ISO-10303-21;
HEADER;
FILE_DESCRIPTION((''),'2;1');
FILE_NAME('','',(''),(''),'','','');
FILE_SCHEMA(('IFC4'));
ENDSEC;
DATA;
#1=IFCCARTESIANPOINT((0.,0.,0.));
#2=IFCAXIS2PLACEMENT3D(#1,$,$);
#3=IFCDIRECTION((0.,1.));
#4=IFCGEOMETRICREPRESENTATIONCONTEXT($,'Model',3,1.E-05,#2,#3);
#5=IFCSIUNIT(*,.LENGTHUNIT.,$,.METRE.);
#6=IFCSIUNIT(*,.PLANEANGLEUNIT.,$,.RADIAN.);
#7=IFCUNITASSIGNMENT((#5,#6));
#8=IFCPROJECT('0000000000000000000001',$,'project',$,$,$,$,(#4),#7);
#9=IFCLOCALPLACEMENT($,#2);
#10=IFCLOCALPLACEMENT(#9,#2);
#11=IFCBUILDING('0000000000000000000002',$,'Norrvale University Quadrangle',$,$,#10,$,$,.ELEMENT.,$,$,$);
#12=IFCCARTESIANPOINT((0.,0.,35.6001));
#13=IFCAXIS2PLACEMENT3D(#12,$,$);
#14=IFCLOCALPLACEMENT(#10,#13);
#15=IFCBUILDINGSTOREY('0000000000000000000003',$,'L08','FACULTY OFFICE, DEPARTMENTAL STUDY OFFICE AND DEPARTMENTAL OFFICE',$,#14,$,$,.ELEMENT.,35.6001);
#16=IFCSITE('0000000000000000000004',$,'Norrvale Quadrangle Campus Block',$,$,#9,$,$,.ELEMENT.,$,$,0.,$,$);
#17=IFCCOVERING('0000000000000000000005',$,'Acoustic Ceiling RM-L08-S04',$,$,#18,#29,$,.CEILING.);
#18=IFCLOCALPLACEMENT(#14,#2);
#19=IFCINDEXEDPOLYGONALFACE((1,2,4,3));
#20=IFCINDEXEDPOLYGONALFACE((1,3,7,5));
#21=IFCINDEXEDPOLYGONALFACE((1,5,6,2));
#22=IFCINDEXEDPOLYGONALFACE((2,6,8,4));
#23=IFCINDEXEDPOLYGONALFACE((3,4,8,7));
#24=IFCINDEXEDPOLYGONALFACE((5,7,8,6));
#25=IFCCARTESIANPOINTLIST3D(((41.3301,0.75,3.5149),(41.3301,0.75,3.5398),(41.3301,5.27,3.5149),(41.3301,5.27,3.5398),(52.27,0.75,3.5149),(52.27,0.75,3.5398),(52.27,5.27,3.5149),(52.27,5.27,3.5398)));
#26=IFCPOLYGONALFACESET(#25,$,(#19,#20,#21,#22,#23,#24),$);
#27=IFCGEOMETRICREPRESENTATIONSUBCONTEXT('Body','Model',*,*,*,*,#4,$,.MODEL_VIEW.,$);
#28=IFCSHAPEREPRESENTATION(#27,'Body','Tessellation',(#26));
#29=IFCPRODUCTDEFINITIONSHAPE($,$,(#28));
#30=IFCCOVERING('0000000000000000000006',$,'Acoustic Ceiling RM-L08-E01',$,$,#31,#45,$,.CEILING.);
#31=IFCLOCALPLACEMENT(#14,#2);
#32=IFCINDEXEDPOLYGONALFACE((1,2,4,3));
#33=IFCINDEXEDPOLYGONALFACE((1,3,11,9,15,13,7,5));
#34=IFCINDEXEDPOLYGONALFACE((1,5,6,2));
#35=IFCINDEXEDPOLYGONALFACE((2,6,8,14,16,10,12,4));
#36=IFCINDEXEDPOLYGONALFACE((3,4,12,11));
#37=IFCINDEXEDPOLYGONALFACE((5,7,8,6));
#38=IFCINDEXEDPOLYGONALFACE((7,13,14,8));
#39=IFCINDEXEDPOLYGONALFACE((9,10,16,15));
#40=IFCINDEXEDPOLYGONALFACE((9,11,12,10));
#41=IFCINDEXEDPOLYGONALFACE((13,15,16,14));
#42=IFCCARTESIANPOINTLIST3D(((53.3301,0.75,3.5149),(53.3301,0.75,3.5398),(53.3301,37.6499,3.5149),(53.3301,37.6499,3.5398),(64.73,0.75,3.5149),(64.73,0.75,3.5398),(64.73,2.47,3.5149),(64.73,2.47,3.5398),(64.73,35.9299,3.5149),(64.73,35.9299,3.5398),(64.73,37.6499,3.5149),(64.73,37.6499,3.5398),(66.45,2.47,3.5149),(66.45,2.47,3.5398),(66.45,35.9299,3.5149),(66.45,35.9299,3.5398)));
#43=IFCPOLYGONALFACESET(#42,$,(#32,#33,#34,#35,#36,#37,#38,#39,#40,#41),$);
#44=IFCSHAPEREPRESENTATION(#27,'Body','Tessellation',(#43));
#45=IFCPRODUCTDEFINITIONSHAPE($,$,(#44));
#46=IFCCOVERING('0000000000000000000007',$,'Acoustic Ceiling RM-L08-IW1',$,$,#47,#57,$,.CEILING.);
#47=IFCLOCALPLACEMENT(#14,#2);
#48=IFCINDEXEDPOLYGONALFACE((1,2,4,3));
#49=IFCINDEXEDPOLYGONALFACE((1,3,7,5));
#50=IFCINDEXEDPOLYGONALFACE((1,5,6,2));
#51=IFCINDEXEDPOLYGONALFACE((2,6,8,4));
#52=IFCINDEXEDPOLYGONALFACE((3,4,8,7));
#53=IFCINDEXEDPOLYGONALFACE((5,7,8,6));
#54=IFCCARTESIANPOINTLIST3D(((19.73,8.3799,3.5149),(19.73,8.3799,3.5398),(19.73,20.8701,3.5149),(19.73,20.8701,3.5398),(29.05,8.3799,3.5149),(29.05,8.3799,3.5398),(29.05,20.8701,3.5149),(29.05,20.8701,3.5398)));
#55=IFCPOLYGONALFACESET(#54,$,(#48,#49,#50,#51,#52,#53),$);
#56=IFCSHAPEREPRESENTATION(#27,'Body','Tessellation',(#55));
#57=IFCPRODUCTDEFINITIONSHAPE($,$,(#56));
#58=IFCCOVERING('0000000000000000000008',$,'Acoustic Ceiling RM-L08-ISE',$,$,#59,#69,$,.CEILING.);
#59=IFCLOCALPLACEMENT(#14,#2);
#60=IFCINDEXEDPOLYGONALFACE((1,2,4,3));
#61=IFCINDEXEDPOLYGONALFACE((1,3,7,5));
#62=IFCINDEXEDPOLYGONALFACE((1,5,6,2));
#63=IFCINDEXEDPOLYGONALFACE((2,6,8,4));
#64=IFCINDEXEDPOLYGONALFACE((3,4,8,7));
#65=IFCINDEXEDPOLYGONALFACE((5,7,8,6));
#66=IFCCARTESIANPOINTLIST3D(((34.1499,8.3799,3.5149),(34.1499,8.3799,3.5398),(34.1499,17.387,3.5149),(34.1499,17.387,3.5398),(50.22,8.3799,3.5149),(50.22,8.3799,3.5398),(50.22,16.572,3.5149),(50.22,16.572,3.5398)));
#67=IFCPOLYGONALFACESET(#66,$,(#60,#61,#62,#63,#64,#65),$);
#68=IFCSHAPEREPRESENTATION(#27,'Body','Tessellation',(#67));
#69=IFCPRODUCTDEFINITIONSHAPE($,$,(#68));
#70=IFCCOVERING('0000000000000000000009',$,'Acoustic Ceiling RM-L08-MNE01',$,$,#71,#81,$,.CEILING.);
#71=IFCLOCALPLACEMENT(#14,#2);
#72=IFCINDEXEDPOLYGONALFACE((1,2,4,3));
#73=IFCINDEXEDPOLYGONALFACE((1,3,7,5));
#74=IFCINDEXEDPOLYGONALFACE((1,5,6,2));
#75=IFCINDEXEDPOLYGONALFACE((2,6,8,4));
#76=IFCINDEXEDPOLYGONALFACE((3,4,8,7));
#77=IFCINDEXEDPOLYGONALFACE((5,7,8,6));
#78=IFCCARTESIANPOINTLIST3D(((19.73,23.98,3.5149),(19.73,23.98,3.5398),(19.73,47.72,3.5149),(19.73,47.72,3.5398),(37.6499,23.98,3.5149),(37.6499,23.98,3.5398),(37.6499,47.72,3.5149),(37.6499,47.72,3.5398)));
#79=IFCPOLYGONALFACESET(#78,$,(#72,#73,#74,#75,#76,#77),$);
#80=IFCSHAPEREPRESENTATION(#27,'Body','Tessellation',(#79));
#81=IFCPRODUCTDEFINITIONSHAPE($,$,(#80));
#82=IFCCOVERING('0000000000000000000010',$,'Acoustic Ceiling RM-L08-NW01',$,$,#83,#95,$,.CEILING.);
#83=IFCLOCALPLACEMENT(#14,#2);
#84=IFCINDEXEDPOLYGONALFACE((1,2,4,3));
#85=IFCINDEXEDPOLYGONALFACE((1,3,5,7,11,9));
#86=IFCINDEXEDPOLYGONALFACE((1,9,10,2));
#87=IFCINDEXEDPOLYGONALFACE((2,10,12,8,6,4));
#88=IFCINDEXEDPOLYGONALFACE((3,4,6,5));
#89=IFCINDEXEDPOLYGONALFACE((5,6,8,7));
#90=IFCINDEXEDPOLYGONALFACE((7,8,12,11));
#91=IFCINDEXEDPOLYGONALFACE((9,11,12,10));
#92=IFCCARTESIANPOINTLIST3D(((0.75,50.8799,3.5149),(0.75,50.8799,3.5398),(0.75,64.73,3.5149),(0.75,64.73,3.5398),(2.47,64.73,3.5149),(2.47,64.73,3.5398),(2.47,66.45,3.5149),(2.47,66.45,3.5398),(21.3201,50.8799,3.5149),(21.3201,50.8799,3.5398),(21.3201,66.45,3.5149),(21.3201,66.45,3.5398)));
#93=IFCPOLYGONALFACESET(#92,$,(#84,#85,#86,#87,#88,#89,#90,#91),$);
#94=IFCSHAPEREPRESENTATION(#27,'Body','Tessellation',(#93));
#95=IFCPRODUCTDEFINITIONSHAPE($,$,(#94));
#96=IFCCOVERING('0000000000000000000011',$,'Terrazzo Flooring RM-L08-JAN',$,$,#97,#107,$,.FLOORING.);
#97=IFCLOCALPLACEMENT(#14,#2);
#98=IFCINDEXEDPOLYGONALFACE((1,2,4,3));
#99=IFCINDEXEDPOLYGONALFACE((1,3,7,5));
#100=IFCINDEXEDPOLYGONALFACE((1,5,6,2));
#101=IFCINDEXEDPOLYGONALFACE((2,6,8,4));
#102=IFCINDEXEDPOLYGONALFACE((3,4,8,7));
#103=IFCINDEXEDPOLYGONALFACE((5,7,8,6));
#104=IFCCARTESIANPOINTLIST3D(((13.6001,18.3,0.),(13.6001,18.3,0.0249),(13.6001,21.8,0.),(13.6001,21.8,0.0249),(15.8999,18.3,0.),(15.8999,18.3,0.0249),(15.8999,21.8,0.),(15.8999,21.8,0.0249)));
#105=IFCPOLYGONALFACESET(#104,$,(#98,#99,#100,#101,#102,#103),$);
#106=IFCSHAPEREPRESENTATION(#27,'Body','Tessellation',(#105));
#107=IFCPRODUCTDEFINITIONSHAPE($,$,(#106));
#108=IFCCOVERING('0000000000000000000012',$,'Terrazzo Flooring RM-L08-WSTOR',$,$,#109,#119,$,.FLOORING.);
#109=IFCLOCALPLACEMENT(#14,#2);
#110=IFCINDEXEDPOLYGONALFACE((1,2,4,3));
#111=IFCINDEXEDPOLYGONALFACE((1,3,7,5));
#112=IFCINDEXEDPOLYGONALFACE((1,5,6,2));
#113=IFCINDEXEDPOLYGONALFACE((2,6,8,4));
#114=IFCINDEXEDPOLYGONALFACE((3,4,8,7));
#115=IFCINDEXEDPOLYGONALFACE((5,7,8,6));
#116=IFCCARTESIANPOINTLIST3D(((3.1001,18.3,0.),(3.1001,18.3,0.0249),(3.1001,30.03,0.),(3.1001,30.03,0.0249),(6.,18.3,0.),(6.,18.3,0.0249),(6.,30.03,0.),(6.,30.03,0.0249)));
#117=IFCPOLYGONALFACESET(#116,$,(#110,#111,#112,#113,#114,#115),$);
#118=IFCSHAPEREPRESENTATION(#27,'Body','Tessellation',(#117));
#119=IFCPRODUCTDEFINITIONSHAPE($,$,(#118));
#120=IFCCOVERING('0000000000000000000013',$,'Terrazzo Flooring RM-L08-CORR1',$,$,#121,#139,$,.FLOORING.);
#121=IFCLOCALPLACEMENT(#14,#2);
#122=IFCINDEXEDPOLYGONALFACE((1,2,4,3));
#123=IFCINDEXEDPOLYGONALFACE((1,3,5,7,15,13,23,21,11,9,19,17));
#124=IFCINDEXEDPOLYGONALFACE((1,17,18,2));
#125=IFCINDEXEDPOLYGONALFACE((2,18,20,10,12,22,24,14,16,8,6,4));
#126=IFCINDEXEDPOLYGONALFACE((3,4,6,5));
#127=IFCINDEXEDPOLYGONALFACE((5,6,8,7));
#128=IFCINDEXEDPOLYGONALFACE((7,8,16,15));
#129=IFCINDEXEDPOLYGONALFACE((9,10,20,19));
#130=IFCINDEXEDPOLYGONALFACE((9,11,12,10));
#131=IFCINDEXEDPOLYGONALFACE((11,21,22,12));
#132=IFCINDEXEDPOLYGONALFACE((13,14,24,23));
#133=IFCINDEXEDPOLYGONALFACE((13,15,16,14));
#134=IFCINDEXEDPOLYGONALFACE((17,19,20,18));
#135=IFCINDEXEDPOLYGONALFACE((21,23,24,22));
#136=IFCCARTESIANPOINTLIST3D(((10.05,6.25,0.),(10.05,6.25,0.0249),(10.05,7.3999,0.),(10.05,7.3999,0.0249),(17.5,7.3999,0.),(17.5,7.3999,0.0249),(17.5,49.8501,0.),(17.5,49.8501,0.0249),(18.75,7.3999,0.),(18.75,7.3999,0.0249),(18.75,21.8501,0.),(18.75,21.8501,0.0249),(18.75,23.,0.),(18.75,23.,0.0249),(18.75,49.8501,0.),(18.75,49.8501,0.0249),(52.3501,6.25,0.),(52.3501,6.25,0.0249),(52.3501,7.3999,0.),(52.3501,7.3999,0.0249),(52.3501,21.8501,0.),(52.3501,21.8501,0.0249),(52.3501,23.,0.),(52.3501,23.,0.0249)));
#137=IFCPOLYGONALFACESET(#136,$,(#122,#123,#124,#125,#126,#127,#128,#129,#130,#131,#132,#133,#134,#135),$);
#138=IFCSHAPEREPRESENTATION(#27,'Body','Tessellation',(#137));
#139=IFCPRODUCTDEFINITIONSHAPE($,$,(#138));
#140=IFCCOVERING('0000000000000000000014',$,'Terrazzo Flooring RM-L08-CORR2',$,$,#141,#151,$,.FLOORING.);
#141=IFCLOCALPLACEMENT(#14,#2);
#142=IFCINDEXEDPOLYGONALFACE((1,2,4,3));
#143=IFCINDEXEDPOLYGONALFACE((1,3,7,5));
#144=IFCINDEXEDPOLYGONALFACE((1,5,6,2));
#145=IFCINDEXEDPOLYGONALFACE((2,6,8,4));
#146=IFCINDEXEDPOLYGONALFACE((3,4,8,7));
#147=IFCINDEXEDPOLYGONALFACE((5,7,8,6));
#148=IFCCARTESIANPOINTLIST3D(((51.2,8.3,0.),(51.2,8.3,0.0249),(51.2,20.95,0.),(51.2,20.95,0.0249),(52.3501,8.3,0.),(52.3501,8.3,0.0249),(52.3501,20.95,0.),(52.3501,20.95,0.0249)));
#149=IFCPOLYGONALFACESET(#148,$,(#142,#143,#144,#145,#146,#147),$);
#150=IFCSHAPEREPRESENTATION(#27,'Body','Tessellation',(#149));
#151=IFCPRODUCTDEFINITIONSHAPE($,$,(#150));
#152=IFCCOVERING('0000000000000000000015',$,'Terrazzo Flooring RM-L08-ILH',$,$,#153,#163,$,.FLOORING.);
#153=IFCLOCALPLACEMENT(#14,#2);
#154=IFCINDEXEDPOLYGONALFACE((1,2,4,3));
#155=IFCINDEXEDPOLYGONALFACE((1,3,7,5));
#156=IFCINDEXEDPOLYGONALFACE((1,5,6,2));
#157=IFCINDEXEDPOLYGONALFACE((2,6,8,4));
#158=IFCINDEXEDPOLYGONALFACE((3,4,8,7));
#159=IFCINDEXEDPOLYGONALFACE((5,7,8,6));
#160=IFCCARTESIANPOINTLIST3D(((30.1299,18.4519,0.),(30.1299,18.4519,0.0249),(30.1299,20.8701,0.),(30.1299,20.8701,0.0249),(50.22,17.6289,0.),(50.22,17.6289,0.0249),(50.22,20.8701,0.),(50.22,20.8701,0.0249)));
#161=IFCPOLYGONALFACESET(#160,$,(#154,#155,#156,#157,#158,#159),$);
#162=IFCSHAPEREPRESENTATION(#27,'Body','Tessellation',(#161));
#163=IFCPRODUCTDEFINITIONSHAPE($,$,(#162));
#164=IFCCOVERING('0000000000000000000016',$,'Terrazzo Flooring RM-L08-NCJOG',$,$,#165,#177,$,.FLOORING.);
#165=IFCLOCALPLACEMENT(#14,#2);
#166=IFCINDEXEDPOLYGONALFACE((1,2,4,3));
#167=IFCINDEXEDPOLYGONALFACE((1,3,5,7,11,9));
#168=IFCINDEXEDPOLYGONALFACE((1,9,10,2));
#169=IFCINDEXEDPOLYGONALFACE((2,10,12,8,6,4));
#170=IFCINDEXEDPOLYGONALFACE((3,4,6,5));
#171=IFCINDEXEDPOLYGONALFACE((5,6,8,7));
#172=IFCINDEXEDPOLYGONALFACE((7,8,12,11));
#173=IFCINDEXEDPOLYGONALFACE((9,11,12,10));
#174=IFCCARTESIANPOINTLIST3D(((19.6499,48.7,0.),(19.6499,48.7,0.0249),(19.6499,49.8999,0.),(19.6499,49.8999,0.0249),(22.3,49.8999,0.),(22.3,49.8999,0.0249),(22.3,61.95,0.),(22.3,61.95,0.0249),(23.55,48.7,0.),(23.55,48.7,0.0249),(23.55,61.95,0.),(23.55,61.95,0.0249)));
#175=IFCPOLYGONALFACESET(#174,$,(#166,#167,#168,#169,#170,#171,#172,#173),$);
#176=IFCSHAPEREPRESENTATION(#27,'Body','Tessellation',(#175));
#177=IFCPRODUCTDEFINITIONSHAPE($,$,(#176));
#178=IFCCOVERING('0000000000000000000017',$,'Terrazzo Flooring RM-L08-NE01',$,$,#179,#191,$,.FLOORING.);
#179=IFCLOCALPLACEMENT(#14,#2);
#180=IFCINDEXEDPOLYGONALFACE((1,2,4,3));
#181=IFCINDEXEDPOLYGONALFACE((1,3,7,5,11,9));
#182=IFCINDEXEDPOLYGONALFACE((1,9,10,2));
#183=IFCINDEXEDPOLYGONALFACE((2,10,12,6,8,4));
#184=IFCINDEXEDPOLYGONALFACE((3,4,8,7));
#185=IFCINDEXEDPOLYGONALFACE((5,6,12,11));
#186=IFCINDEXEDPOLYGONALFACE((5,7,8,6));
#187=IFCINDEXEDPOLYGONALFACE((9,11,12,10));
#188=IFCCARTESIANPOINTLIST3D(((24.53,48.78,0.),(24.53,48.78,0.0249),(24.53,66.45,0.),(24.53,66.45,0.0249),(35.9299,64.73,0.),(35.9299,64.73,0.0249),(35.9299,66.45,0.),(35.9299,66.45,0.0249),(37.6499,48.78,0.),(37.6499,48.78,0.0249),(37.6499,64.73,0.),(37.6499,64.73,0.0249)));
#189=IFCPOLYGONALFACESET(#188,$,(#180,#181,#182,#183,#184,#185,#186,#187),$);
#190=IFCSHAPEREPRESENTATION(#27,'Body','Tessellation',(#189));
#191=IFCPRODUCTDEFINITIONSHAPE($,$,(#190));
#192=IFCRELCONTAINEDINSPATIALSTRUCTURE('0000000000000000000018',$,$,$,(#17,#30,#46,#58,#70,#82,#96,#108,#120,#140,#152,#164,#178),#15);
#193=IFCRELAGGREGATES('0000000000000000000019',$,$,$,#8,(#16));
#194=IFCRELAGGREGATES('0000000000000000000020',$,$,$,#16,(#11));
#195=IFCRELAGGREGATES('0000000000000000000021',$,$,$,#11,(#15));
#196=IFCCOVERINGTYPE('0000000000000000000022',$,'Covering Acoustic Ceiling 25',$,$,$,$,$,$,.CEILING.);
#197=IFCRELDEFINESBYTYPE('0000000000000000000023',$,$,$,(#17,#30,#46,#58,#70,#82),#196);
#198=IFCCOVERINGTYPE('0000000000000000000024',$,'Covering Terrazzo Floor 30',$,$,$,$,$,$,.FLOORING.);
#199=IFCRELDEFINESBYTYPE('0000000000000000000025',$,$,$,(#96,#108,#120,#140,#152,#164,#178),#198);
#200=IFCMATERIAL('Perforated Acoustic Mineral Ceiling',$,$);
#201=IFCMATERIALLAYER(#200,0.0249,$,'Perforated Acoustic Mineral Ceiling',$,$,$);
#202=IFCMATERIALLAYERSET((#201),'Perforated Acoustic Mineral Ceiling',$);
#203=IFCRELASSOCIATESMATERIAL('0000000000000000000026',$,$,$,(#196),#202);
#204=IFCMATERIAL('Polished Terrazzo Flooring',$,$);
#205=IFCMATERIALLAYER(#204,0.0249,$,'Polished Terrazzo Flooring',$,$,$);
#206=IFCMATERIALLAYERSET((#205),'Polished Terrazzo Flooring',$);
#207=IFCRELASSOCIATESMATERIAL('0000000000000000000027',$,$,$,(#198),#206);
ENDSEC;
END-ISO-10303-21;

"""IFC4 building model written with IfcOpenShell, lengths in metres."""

from ifc_helpers import new_model, si_unit, direction, frame, origin, place, context, subcontext, project, spatial, polyline, outline, extrude, material, layer, layer_set, type_object, element, save


model = new_model("IFC4")

# Units and contexts
model_context = context("Model", 3, precision=1e-05, world=origin(), true_north=direction((0.0, 1.0)))
body_context = subcontext(model_context, "Body", "Model", "MODEL_VIEW")
ifc_project = project(units=[si_unit("LENGTHUNIT", "METRE"), si_unit("PLANEANGLEUNIT", "RADIAN")], contexts=[model_context])

# Site, building, storey
site_placement = place(None, origin())
site = spatial("IfcSite", under=ifc_project, at=site_placement, Name="Norrvale Quadrangle Campus Block", CompositionType="ELEMENT", RefElevation=0.0)
building_placement = place(site_placement, origin())
building = spatial("IfcBuilding", under=site, at=building_placement, Name="Norrvale University Quadrangle", CompositionType="ELEMENT")
storey_placement = place(building_placement, frame((0.0, 0.0, 35.6001)))
storey = spatial("IfcBuildingStorey", under=building, at=storey_placement, Name="L08", Description="FACULTY OFFICE, DEPARTMENTAL STUDY OFFICE AND DEPARTMENTAL OFFICE", CompositionType="ELEMENT", Elevation=35.6001)

# Coverings
ifc_material_1 = material(Name="Perforated Acoustic Mineral Ceiling")
ifc_layer_1 = layer(ifc_material_1, 0.0249, Name="Perforated Acoustic Mineral Ceiling")
ifc_layer_set_1 = layer_set([ifc_layer_1], Name="Perforated Acoustic Mineral Ceiling")
covering_type_1 = type_object("IfcCoveringType", Name="Covering Acoustic Ceiling 25", PredefinedType="CEILING", material=ifc_layer_set_1)
covering_1_placement = place(storey_placement, frame((0.0, 0.0, 3.5149)))
element("IfcCovering", 1, at=covering_1_placement, inside=storey, type_object=covering_type_1, Name="Acoustic Ceiling RM-L08-S04", PredefinedType="CEILING", context=body_context, shape_type="SweptSolid", body=[
    extrude(outline(polyline([(41.3301, 5.27), (52.27, 5.27), (52.27, 0.75), (41.3301, 0.75), (41.3301, 5.27)])), origin(), (0.0, 0.0, 1.0), 0.0249),
])
covering_2_placement = place(storey_placement, frame((0.0, 0.0, 3.5149)))
element("IfcCovering", 2, at=covering_2_placement, inside=storey, type_object=covering_type_1, Name="Acoustic Ceiling RM-L08-E01", PredefinedType="CEILING", context=body_context, shape_type="SweptSolid", body=[
    extrude(outline(polyline([(53.3301, 0.75), (53.3301, 37.6499), (64.73, 37.6499), (64.73, 35.9299), (66.45, 35.9299), (66.45, 2.47), (64.73, 2.47), (64.73, 0.75), (53.3301, 0.75)])), origin(), (0.0, 0.0, 1.0), 0.0249),
])
covering_3_placement = place(storey_placement, frame((0.0, 0.0, 3.5149)))
element("IfcCovering", 3, at=covering_3_placement, inside=storey, type_object=covering_type_1, Name="Acoustic Ceiling RM-L08-IW1", PredefinedType="CEILING", context=body_context, shape_type="SweptSolid", body=[
    extrude(outline(polyline([(19.73, 8.3799), (19.73, 20.8701), (29.05, 20.8701), (29.05, 8.3799), (19.73, 8.3799)])), origin(), (0.0, 0.0, 1.0), 0.0249),
])
covering_4_placement = place(storey_placement, frame((0.0, 0.0, 3.5149)))
element("IfcCovering", 4, at=covering_4_placement, inside=storey, type_object=covering_type_1, Name="Acoustic Ceiling RM-L08-ISE", PredefinedType="CEILING", context=body_context, shape_type="SweptSolid", body=[
    extrude(outline(polyline([(34.1499, 8.3799), (34.1499, 17.387), (50.22, 16.572), (50.22, 8.3799), (34.1499, 8.3799)])), origin(), (0.0, 0.0, 1.0), 0.0249),
])
covering_5_placement = place(storey_placement, frame((0.0, 0.0, 3.5149)))
element("IfcCovering", 5, at=covering_5_placement, inside=storey, type_object=covering_type_1, Name="Acoustic Ceiling RM-L08-MNE01", PredefinedType="CEILING", context=body_context, shape_type="SweptSolid", body=[
    extrude(outline(polyline([(19.73, 47.72), (37.6499, 47.72), (37.6499, 23.98), (19.73, 23.98), (19.73, 47.72)])), origin(), (0.0, 0.0, 1.0), 0.0249),
])
covering_6_placement = place(storey_placement, frame((0.0, 0.0, 3.5149)))
element("IfcCovering", 6, at=covering_6_placement, inside=storey, type_object=covering_type_1, Name="Acoustic Ceiling RM-L08-NW01", PredefinedType="CEILING", context=body_context, shape_type="SweptSolid", body=[
    extrude(outline(polyline([(21.3201, 66.45), (21.3201, 50.8799), (0.75, 50.8799), (0.75, 64.73), (2.47, 64.73), (2.47, 66.45), (21.3201, 66.45)])), origin(), (0.0, 0.0, 1.0), 0.0249),
])
ifc_material_2 = material(Name="Polished Terrazzo Flooring")
ifc_layer_2 = layer(ifc_material_2, 0.0249, Name="Polished Terrazzo Flooring")
ifc_layer_set_2 = layer_set([ifc_layer_2], Name="Polished Terrazzo Flooring")
covering_type_2 = type_object("IfcCoveringType", Name="Covering Terrazzo Floor 30", PredefinedType="FLOORING", material=ifc_layer_set_2)
covering_7_placement = place(storey_placement, origin())
element("IfcCovering", 7, at=covering_7_placement, inside=storey, type_object=covering_type_2, Name="Terrazzo Flooring RM-L08-JAN", PredefinedType="FLOORING", context=body_context, shape_type="SweptSolid", body=[
    extrude(outline(polyline([(13.6001, 18.3), (13.6001, 21.8), (15.8999, 21.8), (15.8999, 18.3), (13.6001, 18.3)])), origin(), (0.0, 0.0, 1.0), 0.0249),
])
covering_8_placement = place(storey_placement, origin())
element("IfcCovering", 8, at=covering_8_placement, inside=storey, type_object=covering_type_2, Name="Terrazzo Flooring RM-L08-WSTOR", PredefinedType="FLOORING", context=body_context, shape_type="SweptSolid", body=[
    extrude(outline(polyline([(3.1001, 18.3), (3.1001, 30.03), (6.0, 30.03), (6.0, 18.3), (3.1001, 18.3)])), origin(), (0.0, 0.0, 1.0), 0.0249),
])
covering_9_placement = place(storey_placement, origin())
element("IfcCovering", 9, at=covering_9_placement, inside=storey, type_object=covering_type_2, Name="Terrazzo Flooring RM-L08-CORR1", PredefinedType="FLOORING", context=body_context, shape_type="SweptSolid", body=[
    extrude(outline(polyline([(10.05, 6.25), (10.05, 7.3999), (17.5, 7.3999), (17.5, 49.8501), (18.75, 49.8501), (18.75, 23.0), (52.3501, 23.0), (52.3501, 21.8501), (18.75, 21.8501), (18.75, 7.3999), (52.3501, 7.3999), (52.3501, 6.25), (10.05, 6.25)])), origin(), (0.0, 0.0, 1.0), 0.0249),
])
covering_10_placement = place(storey_placement, origin())
element("IfcCovering", 10, at=covering_10_placement, inside=storey, type_object=covering_type_2, Name="Terrazzo Flooring RM-L08-CORR2", PredefinedType="FLOORING", context=body_context, shape_type="SweptSolid", body=[
    extrude(outline(polyline([(51.2, 8.3), (51.2, 20.95), (52.3501, 20.95), (52.3501, 8.3), (51.2, 8.3)])), origin(), (0.0, 0.0, 1.0), 0.0249),
])
covering_11_placement = place(storey_placement, origin())
element("IfcCovering", 11, at=covering_11_placement, inside=storey, type_object=covering_type_2, Name="Terrazzo Flooring RM-L08-ILH", PredefinedType="FLOORING", context=body_context, shape_type="SweptSolid", body=[
    extrude(outline(polyline([(30.1299, 18.4519), (30.1299, 20.8701), (50.22, 20.8701), (50.22, 17.6289), (30.1299, 18.4519)])), origin(), (0.0, 0.0, 1.0), 0.0249),
])
covering_12_placement = place(storey_placement, origin())
element("IfcCovering", 12, at=covering_12_placement, inside=storey, type_object=covering_type_2, Name="Terrazzo Flooring RM-L08-NCJOG", PredefinedType="FLOORING", context=body_context, shape_type="SweptSolid", body=[
    extrude(outline(polyline([(19.6499, 48.7), (19.6499, 49.8999), (22.3, 49.8999), (22.3, 61.95), (23.55, 61.95), (23.55, 48.7), (19.6499, 48.7)])), origin(), (0.0, 0.0, 1.0), 0.0249),
])
covering_13_placement = place(storey_placement, origin())
element("IfcCovering", 13, at=covering_13_placement, inside=storey, type_object=covering_type_2, Name="Terrazzo Flooring RM-L08-NE01", PredefinedType="FLOORING", context=body_context, shape_type="SweptSolid", body=[
    extrude(outline(polyline([(37.6499, 48.78), (24.53, 48.78), (24.53, 66.45), (35.9299, 66.45), (35.9299, 64.73), (37.6499, 64.73), (37.6499, 48.78)])), origin(), (0.0, 0.0, 1.0), 0.0249),
])

save(model, "model.ifc")
